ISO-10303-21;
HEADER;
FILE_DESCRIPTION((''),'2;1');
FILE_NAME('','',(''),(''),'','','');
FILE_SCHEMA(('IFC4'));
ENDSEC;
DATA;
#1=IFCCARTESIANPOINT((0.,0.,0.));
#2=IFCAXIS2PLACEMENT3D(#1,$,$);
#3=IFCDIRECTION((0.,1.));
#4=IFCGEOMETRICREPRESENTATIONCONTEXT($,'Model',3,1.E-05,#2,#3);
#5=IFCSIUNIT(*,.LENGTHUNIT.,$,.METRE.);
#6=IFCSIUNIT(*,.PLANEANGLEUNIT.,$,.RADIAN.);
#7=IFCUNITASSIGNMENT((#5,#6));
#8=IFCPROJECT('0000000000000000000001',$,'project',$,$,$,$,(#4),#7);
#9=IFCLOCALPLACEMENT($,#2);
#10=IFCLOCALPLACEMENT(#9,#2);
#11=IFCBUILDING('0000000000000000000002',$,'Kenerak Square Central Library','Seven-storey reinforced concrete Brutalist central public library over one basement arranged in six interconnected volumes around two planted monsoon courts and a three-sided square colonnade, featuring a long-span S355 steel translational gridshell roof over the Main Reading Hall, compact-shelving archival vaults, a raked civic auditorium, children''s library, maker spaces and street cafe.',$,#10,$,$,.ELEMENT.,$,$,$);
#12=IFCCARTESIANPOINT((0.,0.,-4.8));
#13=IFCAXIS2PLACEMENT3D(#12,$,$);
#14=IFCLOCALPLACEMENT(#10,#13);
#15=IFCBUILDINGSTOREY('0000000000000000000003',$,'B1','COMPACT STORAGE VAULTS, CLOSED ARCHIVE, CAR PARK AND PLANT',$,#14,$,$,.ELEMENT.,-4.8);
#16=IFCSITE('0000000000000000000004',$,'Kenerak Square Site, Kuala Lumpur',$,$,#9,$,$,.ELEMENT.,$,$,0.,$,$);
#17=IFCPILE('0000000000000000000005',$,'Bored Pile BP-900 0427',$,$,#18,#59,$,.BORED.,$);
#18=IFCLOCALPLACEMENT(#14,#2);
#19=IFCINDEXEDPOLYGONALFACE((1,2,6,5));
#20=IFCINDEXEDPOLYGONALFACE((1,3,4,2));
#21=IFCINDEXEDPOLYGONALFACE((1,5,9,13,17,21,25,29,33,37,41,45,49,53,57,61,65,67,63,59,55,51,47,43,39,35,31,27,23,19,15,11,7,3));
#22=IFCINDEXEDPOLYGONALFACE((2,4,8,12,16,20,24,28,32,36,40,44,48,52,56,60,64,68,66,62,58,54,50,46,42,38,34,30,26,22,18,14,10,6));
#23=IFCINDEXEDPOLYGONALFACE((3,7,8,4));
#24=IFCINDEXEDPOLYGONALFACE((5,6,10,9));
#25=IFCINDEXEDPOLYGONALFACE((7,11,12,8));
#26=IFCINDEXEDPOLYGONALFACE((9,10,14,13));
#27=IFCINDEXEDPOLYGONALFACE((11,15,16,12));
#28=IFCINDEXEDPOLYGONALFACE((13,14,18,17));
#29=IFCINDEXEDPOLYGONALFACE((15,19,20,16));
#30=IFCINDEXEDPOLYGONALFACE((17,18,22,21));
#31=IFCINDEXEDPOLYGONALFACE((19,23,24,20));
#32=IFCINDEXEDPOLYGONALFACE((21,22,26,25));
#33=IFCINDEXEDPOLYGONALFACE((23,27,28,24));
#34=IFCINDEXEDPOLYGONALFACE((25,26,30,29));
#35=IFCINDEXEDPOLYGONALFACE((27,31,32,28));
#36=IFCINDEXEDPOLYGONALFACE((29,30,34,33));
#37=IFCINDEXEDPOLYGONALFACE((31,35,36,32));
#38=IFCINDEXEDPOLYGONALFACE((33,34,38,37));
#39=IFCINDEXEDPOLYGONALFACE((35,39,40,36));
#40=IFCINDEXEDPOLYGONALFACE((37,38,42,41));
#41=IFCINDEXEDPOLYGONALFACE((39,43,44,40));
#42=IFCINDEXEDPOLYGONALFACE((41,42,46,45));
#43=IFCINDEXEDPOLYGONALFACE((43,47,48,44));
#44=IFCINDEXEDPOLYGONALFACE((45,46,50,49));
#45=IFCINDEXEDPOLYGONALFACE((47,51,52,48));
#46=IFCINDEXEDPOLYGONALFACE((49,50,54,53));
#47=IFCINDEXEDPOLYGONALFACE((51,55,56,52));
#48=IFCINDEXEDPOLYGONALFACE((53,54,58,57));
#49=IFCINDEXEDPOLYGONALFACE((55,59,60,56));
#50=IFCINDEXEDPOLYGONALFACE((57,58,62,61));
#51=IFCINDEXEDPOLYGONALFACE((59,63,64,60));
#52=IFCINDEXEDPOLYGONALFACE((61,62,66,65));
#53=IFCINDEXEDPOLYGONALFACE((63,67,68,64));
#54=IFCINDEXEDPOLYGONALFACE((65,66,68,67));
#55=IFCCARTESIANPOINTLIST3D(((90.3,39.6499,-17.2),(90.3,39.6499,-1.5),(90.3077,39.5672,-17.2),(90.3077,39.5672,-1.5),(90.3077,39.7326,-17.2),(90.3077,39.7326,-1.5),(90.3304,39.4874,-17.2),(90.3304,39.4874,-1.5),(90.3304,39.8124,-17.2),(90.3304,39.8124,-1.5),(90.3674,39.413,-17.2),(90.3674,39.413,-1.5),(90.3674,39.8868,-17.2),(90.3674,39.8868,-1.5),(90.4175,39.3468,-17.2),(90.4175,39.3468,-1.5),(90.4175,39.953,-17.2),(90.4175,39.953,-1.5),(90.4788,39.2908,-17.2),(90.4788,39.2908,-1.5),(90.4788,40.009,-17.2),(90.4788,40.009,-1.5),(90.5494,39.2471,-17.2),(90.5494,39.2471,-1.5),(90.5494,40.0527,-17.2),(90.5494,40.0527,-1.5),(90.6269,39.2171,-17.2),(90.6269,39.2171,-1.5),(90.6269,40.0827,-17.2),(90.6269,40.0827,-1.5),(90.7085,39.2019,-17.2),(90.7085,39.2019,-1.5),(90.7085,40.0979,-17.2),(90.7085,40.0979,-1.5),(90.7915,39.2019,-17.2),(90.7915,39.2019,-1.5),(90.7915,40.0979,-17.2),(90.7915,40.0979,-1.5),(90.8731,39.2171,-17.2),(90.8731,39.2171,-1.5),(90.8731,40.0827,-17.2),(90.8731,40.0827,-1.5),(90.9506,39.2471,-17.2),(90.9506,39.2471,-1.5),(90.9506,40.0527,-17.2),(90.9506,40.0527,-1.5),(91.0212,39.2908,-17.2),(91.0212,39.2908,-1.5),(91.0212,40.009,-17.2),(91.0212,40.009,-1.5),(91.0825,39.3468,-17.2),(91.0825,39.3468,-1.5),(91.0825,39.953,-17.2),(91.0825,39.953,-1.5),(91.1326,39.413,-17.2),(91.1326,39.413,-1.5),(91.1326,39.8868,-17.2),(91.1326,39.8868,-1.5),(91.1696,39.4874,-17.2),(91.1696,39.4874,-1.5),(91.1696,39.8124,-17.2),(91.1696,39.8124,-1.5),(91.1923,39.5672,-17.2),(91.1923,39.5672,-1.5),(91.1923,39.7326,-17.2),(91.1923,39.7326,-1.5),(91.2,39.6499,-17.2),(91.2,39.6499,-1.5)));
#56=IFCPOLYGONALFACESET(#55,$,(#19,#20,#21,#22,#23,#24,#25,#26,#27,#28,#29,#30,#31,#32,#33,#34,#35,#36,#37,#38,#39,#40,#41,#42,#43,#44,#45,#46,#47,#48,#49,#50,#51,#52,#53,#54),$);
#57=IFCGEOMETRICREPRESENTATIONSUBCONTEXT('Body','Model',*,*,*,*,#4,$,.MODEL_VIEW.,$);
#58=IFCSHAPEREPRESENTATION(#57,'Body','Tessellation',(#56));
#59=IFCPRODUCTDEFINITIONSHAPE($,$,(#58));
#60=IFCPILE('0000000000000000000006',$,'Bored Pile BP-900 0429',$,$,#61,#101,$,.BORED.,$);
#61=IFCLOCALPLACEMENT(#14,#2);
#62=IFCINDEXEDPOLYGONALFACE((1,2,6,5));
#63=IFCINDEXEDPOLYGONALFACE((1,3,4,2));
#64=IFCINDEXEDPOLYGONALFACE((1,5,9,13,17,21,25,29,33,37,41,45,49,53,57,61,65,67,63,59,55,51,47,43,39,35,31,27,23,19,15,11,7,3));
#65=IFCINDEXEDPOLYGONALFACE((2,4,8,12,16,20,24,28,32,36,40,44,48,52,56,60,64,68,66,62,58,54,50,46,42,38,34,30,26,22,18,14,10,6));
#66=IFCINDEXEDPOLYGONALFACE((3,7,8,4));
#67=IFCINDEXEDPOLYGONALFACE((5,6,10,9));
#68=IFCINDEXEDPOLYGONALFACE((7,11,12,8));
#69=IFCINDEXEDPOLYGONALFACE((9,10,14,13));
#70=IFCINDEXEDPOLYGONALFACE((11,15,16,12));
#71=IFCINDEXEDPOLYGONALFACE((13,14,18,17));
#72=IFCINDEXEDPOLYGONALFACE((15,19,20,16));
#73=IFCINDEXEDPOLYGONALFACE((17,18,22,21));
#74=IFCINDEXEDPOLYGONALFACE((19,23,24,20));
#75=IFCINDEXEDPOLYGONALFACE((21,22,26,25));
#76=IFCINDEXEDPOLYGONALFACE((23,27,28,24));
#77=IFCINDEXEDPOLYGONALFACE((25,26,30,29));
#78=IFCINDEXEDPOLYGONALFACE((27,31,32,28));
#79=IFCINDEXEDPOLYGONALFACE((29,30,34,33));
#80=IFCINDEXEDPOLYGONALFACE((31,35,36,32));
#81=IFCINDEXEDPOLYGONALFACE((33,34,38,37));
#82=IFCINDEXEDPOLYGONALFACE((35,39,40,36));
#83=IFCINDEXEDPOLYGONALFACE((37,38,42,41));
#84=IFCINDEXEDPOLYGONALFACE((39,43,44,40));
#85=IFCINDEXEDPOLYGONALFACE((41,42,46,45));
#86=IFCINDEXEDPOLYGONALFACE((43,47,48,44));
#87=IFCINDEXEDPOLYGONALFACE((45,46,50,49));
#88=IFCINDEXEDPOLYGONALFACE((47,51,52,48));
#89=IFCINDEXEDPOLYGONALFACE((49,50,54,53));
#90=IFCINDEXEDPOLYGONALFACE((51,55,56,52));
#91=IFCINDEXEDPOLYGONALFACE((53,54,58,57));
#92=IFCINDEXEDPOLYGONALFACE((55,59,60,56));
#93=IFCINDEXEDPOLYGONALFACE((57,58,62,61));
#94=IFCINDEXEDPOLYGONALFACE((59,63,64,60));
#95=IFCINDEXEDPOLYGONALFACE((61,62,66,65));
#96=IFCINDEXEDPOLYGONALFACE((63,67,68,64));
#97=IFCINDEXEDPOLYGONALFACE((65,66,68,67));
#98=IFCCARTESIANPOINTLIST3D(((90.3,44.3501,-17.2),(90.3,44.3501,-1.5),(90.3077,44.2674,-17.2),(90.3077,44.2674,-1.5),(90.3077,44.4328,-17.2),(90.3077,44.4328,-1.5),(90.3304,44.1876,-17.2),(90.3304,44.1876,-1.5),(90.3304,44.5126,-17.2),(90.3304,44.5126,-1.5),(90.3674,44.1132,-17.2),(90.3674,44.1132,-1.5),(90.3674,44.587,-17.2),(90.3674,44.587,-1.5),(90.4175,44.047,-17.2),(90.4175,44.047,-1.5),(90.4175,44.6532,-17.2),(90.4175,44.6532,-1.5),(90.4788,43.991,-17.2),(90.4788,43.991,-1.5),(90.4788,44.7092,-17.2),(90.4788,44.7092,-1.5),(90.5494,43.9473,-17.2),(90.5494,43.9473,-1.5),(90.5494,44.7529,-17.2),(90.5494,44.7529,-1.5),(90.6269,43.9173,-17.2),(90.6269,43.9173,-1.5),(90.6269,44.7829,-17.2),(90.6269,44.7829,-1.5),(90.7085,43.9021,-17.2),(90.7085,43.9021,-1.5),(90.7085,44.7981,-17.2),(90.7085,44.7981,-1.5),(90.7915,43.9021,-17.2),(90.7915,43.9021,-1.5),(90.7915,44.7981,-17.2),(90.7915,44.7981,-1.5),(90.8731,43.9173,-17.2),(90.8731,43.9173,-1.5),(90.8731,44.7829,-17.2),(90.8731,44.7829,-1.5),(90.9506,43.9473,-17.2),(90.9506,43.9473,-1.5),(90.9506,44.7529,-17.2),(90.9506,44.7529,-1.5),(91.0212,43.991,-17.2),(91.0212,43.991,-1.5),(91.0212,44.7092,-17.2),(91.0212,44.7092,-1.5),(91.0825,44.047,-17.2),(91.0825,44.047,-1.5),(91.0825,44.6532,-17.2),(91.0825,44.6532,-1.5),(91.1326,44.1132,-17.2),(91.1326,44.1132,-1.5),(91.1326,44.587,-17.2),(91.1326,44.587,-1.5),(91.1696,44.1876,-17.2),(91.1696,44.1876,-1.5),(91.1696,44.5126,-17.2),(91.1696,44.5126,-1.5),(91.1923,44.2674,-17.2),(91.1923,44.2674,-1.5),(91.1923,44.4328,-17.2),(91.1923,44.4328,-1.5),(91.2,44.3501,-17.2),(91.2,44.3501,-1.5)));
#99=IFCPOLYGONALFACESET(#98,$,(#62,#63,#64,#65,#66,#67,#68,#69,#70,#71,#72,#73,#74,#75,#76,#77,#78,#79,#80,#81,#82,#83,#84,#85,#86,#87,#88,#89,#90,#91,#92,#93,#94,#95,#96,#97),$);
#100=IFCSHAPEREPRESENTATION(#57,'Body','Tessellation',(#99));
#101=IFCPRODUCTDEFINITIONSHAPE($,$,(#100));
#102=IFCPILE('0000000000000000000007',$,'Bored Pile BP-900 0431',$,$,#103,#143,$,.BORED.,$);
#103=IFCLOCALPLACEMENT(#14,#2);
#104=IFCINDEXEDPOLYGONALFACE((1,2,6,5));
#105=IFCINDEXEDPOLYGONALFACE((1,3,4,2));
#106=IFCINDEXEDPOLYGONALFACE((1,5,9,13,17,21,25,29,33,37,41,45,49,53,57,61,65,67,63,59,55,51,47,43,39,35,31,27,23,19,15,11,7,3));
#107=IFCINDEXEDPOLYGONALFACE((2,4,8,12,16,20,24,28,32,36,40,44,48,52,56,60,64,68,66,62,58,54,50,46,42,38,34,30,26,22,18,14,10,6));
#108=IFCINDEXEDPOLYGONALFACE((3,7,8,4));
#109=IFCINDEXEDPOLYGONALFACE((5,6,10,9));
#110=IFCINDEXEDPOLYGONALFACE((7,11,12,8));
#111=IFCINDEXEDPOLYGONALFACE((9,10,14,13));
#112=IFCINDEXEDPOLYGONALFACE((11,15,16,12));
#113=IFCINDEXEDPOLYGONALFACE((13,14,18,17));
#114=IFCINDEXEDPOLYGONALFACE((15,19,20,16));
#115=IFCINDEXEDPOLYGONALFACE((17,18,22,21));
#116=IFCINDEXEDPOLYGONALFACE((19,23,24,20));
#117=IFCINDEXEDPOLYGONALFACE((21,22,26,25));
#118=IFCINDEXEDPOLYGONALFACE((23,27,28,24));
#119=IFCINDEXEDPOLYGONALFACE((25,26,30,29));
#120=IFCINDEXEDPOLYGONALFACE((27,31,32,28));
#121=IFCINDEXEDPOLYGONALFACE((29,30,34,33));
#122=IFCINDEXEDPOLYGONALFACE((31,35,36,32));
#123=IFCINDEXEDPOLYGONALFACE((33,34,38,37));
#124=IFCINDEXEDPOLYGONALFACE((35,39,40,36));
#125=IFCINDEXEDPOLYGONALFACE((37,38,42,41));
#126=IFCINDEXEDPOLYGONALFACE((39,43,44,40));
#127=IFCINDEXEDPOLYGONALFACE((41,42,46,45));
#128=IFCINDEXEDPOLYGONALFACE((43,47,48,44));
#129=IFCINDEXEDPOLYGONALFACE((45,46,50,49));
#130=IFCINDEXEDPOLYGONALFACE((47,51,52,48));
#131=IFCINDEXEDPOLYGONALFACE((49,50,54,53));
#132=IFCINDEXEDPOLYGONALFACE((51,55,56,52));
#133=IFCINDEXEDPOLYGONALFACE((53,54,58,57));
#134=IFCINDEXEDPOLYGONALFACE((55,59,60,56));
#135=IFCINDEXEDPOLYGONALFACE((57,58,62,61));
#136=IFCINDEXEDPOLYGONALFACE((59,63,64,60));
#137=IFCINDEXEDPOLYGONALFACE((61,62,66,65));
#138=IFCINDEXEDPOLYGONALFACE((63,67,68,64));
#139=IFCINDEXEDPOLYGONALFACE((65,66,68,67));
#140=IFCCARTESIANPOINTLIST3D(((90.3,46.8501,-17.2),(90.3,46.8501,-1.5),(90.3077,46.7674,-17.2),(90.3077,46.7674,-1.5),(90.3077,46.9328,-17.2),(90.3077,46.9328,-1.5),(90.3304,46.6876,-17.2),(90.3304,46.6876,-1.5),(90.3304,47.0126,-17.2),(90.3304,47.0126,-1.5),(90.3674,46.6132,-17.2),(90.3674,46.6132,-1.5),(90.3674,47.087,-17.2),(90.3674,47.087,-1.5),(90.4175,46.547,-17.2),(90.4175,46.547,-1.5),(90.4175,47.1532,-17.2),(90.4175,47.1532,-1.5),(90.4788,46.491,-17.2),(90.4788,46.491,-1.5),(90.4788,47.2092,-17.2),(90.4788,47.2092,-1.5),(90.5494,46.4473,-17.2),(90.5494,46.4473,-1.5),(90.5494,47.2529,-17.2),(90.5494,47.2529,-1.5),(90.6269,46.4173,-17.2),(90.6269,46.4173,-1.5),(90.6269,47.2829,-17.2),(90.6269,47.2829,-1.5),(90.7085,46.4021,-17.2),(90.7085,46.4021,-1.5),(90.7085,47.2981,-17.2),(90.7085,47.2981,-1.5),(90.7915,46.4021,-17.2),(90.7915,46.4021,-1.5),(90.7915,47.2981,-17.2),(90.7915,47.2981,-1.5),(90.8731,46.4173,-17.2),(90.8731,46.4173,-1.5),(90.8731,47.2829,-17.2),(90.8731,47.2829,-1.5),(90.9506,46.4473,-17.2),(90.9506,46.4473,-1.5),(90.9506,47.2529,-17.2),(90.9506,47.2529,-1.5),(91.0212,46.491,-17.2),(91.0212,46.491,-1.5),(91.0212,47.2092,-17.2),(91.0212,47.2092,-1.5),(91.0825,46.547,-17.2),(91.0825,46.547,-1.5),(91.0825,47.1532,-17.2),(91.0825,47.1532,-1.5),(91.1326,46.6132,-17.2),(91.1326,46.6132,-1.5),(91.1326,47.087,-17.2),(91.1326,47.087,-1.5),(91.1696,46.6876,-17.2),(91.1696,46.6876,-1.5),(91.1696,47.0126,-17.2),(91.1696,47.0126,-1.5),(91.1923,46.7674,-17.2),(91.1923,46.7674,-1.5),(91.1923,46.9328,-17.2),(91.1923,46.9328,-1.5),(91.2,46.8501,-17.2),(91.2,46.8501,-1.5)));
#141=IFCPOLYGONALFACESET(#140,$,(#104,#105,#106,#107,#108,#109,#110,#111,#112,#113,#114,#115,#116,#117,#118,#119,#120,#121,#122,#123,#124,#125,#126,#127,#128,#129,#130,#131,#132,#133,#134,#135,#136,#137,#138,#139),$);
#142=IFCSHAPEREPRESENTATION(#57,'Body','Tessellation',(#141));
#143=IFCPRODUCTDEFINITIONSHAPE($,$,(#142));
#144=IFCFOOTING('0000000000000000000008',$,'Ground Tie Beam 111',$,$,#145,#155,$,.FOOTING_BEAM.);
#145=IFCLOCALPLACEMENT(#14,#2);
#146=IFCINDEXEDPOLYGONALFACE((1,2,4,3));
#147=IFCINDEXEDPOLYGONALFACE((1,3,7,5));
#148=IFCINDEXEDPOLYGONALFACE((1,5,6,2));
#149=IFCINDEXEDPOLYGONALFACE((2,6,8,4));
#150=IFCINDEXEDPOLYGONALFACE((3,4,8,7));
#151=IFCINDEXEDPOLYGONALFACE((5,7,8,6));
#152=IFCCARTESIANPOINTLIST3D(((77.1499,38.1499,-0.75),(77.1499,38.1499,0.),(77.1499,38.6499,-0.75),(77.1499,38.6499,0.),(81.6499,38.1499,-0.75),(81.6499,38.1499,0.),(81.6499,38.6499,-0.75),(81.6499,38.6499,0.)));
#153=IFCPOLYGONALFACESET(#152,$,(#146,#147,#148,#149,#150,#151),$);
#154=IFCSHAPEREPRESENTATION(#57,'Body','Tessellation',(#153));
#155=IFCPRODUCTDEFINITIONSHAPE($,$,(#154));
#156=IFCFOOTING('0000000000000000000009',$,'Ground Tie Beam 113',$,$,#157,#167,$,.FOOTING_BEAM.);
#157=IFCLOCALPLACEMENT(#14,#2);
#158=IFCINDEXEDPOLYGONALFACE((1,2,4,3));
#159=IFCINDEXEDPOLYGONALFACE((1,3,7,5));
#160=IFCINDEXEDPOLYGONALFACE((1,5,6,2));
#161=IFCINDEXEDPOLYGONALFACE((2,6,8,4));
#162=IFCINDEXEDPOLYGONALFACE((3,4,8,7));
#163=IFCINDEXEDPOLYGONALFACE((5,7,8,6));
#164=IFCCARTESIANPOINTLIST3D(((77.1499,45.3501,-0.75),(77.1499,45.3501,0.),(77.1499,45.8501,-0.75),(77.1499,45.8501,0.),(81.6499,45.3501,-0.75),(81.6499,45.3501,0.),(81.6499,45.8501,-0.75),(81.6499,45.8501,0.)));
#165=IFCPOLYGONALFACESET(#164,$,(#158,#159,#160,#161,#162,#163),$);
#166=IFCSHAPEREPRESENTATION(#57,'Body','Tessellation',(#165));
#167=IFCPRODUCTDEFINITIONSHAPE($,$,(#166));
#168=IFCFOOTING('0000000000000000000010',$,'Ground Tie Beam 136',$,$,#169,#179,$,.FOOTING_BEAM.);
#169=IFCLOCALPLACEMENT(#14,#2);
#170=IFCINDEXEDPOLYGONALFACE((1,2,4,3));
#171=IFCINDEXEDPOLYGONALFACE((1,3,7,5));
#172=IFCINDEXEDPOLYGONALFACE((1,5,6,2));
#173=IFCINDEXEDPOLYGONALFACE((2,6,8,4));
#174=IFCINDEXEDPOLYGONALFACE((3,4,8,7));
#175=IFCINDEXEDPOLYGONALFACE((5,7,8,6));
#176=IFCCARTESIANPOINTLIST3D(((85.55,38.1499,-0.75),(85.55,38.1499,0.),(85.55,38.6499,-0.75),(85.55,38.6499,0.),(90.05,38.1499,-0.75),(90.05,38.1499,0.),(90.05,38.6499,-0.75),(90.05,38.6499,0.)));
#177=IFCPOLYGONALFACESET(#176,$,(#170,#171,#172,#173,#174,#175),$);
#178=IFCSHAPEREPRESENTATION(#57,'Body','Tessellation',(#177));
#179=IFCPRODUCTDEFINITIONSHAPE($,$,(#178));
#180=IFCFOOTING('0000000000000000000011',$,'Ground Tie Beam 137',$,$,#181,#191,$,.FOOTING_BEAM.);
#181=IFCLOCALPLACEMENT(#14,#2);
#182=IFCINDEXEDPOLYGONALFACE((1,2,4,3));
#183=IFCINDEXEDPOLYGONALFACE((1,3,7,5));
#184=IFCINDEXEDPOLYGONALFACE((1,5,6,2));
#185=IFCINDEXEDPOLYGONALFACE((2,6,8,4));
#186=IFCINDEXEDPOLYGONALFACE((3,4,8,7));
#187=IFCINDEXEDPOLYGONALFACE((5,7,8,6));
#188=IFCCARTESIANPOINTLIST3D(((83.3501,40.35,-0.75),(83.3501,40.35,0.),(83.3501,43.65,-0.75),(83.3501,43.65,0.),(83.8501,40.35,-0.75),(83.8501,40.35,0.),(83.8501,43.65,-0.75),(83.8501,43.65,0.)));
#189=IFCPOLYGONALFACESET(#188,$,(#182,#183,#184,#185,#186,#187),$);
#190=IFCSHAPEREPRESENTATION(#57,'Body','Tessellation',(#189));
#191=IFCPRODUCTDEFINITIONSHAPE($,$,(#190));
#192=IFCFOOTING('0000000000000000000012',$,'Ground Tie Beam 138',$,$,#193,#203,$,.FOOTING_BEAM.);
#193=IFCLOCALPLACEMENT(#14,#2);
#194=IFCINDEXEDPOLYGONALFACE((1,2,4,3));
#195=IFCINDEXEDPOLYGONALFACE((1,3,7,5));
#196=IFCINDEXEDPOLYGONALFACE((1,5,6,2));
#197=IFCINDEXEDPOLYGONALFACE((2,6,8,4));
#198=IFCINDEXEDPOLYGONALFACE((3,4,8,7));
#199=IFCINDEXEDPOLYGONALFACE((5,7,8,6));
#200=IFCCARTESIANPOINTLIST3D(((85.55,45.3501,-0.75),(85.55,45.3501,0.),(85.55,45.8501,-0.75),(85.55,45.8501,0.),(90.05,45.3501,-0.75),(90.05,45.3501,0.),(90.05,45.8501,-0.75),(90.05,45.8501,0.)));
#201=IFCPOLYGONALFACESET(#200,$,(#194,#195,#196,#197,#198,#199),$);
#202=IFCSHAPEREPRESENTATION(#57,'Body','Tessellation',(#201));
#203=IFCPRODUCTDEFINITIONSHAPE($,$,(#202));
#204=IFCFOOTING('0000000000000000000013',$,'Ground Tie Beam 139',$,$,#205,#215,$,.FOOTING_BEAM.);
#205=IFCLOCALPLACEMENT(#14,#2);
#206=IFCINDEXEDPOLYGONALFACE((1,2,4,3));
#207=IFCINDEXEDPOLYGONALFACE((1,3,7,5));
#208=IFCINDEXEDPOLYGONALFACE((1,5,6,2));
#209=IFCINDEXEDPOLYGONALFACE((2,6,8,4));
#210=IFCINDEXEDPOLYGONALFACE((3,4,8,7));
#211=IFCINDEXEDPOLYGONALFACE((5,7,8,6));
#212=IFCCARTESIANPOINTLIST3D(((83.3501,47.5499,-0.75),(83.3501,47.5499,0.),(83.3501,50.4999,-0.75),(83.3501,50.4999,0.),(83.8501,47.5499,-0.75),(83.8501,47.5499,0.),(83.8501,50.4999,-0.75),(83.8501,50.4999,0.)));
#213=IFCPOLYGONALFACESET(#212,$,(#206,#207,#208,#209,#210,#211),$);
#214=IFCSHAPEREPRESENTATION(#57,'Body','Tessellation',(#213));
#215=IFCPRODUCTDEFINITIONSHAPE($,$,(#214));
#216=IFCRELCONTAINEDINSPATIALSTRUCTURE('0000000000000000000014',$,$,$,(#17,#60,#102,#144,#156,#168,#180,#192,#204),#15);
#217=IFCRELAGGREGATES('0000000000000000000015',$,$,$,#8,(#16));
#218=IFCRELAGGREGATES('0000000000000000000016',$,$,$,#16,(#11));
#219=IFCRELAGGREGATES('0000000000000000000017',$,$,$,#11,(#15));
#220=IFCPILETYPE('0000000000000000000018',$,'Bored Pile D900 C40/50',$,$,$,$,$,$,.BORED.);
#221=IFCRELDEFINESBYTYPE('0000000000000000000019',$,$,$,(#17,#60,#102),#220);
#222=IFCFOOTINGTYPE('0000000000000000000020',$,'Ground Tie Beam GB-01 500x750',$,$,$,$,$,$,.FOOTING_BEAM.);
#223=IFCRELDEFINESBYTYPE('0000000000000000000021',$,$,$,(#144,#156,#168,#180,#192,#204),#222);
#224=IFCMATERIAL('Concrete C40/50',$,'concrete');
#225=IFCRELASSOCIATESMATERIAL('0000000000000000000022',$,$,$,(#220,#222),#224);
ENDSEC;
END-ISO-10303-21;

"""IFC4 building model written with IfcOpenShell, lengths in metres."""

from ifc_helpers import new_model, si_unit, direction, frame, origin, origin_2d, place, context, subcontext, project, spatial, rectangle, circle, extrude, material, material_profile, profile_set, type_object, element, save


model = new_model("IFC4")

# Units and contexts
model_context = context("Model", 3, precision=1e-05, world=origin(), true_north=direction((0.0, 1.0)))
body_context = subcontext(model_context, "Body", "Model", "MODEL_VIEW")
ifc_project = project(units=[si_unit("LENGTHUNIT", "METRE"), si_unit("PLANEANGLEUNIT", "RADIAN")], contexts=[model_context])

# Site, building, storey
site_placement = place(None, origin())
site = spatial("IfcSite", under=ifc_project, at=site_placement, Name="Kenerak Square Site, Kuala Lumpur", CompositionType="ELEMENT", RefElevation=0.0)
building_placement = place(site_placement, origin())
building = spatial("IfcBuilding", under=site, at=building_placement, Name="Kenerak Square Central Library", Description="Seven-storey reinforced concrete Brutalist central public library over one basement arranged in six interconnected volumes around two planted monsoon courts and a three-sided square colonnade, featuring a long-span S355 steel translational gridshell roof over the Main Reading Hall, compact-shelving archival vaults, a raked civic auditorium, children's library, maker spaces and street cafe.", CompositionType="ELEMENT")
storey_placement = place(building_placement, frame((0.0, 0.0, -4.8)))
storey = spatial("IfcBuildingStorey", under=building, at=storey_placement, Name="B1", Description="COMPACT STORAGE VAULTS, CLOSED ARCHIVE, CAR PARK AND PLANT", CompositionType="ELEMENT", Elevation=-4.8)

# Piles
ifc_material_1 = material(Name="Concrete C40/50", Category="concrete")
ifc_material_profile_1 = material_profile(ifc_material_1, circle(Radius=0.45, at=origin_2d()), Name="BP D900")
ifc_profile_set_1 = profile_set([ifc_material_profile_1], Name="Concrete C40/50")
pile_type_1 = type_object("IfcPileType", Name="Bored Pile D900 C40/50", PredefinedType="BORED", material=ifc_profile_set_1)
for number, where, z_axis, x_axis, name in (
    (1, (90.75, 39.6499, -1.5), (0.0, 0.0, -1.0), (1.0, 0.0, 0.0), "Bored Pile BP-900 0427"),
    (2, (90.75, 44.3501, -1.5), (0.0, 0.0, -1.0), (1.0, 0.0, 0.0), "Bored Pile BP-900 0429"),
    (3, (90.75, 46.8501, -1.5), (0.0, 0.0, -1.0), (1.0, 0.0, 0.0), "Bored Pile BP-900 0431"),
):
    element("IfcPile", number, at=place(storey_placement, frame(where, z_axis=z_axis, x_axis=x_axis)), inside=storey, type_object=pile_type_1, Name=name, PredefinedType="BORED", context=body_context, shape_type="SweptSolid", body=[
        extrude(circle(Radius=0.45, at=origin_2d()), origin(), (0.0, 0.0, 1.0), 15.7),
    ])

# Footings
footing_type_1 = type_object("IfcFootingType", Name="Ground Tie Beam GB-01 500x750", PredefinedType="FOOTING_BEAM", material=ifc_material_1)
for number, where, z_axis, x_axis, name in (
    (4, (79.3999, 38.3999, -0.75), (0.0, 0.0, 1.0), (1.0, 0.0, 0.0), "Ground Tie Beam 111"),
    (5, (79.3999, 45.6001, -0.75), (0.0, 0.0, 1.0), (1.0, 0.0, 0.0), "Ground Tie Beam 113"),
    (6, (87.8, 38.3999, -0.75), (0.0, 0.0, 1.0), (1.0, 0.0, 0.0), "Ground Tie Beam 136"),
):
    element("IfcFooting", number, at=place(storey_placement, frame(where, z_axis=z_axis, x_axis=x_axis)), inside=storey, type_object=footing_type_1, Name=name, PredefinedType="FOOTING_BEAM", context=body_context, shape_type="SweptSolid", body=[
        extrude(rectangle(XDim=4.5, YDim=0.5, at=origin_2d()), origin(), (0.0, 0.0, 1.0), 0.75),
    ])
footing_1_placement = place(storey_placement, frame((83.6001, 42.0, -0.75), z_axis=(0.0, 0.0, 1.0), x_axis=(1.0, 0.0, 0.0)))
element("IfcFooting", 7, at=footing_1_placement, inside=storey, type_object=footing_type_1, Name="Ground Tie Beam 137", PredefinedType="FOOTING_BEAM", context=body_context, shape_type="SweptSolid", body=[
    extrude(rectangle(XDim=0.5, YDim=3.3, at=origin_2d()), origin(), (0.0, 0.0, 1.0), 0.75),
])
footing_2_placement = place(storey_placement, frame((87.8, 45.6001, -0.75), z_axis=(0.0, 0.0, 1.0), x_axis=(1.0, 0.0, 0.0)))
element("IfcFooting", 8, at=footing_2_placement, inside=storey, type_object=footing_type_1, Name="Ground Tie Beam 138", PredefinedType="FOOTING_BEAM", context=body_context, shape_type="SweptSolid", body=[
    extrude(rectangle(XDim=4.5, YDim=0.5, at=origin_2d()), origin(), (0.0, 0.0, 1.0), 0.75),
])
footing_3_placement = place(storey_placement, frame((83.6001, 49.0249, -0.75), z_axis=(0.0, 0.0, 1.0), x_axis=(1.0, 0.0, 0.0)))
element("IfcFooting", 9, at=footing_3_placement, inside=storey, type_object=footing_type_1, Name="Ground Tie Beam 139", PredefinedType="FOOTING_BEAM", context=body_context, shape_type="SweptSolid", body=[
    extrude(rectangle(XDim=0.5, YDim=2.95, at=origin_2d()), origin(), (0.0, 0.0, 1.0), 0.75),
])

save(model, "model.ifc")
